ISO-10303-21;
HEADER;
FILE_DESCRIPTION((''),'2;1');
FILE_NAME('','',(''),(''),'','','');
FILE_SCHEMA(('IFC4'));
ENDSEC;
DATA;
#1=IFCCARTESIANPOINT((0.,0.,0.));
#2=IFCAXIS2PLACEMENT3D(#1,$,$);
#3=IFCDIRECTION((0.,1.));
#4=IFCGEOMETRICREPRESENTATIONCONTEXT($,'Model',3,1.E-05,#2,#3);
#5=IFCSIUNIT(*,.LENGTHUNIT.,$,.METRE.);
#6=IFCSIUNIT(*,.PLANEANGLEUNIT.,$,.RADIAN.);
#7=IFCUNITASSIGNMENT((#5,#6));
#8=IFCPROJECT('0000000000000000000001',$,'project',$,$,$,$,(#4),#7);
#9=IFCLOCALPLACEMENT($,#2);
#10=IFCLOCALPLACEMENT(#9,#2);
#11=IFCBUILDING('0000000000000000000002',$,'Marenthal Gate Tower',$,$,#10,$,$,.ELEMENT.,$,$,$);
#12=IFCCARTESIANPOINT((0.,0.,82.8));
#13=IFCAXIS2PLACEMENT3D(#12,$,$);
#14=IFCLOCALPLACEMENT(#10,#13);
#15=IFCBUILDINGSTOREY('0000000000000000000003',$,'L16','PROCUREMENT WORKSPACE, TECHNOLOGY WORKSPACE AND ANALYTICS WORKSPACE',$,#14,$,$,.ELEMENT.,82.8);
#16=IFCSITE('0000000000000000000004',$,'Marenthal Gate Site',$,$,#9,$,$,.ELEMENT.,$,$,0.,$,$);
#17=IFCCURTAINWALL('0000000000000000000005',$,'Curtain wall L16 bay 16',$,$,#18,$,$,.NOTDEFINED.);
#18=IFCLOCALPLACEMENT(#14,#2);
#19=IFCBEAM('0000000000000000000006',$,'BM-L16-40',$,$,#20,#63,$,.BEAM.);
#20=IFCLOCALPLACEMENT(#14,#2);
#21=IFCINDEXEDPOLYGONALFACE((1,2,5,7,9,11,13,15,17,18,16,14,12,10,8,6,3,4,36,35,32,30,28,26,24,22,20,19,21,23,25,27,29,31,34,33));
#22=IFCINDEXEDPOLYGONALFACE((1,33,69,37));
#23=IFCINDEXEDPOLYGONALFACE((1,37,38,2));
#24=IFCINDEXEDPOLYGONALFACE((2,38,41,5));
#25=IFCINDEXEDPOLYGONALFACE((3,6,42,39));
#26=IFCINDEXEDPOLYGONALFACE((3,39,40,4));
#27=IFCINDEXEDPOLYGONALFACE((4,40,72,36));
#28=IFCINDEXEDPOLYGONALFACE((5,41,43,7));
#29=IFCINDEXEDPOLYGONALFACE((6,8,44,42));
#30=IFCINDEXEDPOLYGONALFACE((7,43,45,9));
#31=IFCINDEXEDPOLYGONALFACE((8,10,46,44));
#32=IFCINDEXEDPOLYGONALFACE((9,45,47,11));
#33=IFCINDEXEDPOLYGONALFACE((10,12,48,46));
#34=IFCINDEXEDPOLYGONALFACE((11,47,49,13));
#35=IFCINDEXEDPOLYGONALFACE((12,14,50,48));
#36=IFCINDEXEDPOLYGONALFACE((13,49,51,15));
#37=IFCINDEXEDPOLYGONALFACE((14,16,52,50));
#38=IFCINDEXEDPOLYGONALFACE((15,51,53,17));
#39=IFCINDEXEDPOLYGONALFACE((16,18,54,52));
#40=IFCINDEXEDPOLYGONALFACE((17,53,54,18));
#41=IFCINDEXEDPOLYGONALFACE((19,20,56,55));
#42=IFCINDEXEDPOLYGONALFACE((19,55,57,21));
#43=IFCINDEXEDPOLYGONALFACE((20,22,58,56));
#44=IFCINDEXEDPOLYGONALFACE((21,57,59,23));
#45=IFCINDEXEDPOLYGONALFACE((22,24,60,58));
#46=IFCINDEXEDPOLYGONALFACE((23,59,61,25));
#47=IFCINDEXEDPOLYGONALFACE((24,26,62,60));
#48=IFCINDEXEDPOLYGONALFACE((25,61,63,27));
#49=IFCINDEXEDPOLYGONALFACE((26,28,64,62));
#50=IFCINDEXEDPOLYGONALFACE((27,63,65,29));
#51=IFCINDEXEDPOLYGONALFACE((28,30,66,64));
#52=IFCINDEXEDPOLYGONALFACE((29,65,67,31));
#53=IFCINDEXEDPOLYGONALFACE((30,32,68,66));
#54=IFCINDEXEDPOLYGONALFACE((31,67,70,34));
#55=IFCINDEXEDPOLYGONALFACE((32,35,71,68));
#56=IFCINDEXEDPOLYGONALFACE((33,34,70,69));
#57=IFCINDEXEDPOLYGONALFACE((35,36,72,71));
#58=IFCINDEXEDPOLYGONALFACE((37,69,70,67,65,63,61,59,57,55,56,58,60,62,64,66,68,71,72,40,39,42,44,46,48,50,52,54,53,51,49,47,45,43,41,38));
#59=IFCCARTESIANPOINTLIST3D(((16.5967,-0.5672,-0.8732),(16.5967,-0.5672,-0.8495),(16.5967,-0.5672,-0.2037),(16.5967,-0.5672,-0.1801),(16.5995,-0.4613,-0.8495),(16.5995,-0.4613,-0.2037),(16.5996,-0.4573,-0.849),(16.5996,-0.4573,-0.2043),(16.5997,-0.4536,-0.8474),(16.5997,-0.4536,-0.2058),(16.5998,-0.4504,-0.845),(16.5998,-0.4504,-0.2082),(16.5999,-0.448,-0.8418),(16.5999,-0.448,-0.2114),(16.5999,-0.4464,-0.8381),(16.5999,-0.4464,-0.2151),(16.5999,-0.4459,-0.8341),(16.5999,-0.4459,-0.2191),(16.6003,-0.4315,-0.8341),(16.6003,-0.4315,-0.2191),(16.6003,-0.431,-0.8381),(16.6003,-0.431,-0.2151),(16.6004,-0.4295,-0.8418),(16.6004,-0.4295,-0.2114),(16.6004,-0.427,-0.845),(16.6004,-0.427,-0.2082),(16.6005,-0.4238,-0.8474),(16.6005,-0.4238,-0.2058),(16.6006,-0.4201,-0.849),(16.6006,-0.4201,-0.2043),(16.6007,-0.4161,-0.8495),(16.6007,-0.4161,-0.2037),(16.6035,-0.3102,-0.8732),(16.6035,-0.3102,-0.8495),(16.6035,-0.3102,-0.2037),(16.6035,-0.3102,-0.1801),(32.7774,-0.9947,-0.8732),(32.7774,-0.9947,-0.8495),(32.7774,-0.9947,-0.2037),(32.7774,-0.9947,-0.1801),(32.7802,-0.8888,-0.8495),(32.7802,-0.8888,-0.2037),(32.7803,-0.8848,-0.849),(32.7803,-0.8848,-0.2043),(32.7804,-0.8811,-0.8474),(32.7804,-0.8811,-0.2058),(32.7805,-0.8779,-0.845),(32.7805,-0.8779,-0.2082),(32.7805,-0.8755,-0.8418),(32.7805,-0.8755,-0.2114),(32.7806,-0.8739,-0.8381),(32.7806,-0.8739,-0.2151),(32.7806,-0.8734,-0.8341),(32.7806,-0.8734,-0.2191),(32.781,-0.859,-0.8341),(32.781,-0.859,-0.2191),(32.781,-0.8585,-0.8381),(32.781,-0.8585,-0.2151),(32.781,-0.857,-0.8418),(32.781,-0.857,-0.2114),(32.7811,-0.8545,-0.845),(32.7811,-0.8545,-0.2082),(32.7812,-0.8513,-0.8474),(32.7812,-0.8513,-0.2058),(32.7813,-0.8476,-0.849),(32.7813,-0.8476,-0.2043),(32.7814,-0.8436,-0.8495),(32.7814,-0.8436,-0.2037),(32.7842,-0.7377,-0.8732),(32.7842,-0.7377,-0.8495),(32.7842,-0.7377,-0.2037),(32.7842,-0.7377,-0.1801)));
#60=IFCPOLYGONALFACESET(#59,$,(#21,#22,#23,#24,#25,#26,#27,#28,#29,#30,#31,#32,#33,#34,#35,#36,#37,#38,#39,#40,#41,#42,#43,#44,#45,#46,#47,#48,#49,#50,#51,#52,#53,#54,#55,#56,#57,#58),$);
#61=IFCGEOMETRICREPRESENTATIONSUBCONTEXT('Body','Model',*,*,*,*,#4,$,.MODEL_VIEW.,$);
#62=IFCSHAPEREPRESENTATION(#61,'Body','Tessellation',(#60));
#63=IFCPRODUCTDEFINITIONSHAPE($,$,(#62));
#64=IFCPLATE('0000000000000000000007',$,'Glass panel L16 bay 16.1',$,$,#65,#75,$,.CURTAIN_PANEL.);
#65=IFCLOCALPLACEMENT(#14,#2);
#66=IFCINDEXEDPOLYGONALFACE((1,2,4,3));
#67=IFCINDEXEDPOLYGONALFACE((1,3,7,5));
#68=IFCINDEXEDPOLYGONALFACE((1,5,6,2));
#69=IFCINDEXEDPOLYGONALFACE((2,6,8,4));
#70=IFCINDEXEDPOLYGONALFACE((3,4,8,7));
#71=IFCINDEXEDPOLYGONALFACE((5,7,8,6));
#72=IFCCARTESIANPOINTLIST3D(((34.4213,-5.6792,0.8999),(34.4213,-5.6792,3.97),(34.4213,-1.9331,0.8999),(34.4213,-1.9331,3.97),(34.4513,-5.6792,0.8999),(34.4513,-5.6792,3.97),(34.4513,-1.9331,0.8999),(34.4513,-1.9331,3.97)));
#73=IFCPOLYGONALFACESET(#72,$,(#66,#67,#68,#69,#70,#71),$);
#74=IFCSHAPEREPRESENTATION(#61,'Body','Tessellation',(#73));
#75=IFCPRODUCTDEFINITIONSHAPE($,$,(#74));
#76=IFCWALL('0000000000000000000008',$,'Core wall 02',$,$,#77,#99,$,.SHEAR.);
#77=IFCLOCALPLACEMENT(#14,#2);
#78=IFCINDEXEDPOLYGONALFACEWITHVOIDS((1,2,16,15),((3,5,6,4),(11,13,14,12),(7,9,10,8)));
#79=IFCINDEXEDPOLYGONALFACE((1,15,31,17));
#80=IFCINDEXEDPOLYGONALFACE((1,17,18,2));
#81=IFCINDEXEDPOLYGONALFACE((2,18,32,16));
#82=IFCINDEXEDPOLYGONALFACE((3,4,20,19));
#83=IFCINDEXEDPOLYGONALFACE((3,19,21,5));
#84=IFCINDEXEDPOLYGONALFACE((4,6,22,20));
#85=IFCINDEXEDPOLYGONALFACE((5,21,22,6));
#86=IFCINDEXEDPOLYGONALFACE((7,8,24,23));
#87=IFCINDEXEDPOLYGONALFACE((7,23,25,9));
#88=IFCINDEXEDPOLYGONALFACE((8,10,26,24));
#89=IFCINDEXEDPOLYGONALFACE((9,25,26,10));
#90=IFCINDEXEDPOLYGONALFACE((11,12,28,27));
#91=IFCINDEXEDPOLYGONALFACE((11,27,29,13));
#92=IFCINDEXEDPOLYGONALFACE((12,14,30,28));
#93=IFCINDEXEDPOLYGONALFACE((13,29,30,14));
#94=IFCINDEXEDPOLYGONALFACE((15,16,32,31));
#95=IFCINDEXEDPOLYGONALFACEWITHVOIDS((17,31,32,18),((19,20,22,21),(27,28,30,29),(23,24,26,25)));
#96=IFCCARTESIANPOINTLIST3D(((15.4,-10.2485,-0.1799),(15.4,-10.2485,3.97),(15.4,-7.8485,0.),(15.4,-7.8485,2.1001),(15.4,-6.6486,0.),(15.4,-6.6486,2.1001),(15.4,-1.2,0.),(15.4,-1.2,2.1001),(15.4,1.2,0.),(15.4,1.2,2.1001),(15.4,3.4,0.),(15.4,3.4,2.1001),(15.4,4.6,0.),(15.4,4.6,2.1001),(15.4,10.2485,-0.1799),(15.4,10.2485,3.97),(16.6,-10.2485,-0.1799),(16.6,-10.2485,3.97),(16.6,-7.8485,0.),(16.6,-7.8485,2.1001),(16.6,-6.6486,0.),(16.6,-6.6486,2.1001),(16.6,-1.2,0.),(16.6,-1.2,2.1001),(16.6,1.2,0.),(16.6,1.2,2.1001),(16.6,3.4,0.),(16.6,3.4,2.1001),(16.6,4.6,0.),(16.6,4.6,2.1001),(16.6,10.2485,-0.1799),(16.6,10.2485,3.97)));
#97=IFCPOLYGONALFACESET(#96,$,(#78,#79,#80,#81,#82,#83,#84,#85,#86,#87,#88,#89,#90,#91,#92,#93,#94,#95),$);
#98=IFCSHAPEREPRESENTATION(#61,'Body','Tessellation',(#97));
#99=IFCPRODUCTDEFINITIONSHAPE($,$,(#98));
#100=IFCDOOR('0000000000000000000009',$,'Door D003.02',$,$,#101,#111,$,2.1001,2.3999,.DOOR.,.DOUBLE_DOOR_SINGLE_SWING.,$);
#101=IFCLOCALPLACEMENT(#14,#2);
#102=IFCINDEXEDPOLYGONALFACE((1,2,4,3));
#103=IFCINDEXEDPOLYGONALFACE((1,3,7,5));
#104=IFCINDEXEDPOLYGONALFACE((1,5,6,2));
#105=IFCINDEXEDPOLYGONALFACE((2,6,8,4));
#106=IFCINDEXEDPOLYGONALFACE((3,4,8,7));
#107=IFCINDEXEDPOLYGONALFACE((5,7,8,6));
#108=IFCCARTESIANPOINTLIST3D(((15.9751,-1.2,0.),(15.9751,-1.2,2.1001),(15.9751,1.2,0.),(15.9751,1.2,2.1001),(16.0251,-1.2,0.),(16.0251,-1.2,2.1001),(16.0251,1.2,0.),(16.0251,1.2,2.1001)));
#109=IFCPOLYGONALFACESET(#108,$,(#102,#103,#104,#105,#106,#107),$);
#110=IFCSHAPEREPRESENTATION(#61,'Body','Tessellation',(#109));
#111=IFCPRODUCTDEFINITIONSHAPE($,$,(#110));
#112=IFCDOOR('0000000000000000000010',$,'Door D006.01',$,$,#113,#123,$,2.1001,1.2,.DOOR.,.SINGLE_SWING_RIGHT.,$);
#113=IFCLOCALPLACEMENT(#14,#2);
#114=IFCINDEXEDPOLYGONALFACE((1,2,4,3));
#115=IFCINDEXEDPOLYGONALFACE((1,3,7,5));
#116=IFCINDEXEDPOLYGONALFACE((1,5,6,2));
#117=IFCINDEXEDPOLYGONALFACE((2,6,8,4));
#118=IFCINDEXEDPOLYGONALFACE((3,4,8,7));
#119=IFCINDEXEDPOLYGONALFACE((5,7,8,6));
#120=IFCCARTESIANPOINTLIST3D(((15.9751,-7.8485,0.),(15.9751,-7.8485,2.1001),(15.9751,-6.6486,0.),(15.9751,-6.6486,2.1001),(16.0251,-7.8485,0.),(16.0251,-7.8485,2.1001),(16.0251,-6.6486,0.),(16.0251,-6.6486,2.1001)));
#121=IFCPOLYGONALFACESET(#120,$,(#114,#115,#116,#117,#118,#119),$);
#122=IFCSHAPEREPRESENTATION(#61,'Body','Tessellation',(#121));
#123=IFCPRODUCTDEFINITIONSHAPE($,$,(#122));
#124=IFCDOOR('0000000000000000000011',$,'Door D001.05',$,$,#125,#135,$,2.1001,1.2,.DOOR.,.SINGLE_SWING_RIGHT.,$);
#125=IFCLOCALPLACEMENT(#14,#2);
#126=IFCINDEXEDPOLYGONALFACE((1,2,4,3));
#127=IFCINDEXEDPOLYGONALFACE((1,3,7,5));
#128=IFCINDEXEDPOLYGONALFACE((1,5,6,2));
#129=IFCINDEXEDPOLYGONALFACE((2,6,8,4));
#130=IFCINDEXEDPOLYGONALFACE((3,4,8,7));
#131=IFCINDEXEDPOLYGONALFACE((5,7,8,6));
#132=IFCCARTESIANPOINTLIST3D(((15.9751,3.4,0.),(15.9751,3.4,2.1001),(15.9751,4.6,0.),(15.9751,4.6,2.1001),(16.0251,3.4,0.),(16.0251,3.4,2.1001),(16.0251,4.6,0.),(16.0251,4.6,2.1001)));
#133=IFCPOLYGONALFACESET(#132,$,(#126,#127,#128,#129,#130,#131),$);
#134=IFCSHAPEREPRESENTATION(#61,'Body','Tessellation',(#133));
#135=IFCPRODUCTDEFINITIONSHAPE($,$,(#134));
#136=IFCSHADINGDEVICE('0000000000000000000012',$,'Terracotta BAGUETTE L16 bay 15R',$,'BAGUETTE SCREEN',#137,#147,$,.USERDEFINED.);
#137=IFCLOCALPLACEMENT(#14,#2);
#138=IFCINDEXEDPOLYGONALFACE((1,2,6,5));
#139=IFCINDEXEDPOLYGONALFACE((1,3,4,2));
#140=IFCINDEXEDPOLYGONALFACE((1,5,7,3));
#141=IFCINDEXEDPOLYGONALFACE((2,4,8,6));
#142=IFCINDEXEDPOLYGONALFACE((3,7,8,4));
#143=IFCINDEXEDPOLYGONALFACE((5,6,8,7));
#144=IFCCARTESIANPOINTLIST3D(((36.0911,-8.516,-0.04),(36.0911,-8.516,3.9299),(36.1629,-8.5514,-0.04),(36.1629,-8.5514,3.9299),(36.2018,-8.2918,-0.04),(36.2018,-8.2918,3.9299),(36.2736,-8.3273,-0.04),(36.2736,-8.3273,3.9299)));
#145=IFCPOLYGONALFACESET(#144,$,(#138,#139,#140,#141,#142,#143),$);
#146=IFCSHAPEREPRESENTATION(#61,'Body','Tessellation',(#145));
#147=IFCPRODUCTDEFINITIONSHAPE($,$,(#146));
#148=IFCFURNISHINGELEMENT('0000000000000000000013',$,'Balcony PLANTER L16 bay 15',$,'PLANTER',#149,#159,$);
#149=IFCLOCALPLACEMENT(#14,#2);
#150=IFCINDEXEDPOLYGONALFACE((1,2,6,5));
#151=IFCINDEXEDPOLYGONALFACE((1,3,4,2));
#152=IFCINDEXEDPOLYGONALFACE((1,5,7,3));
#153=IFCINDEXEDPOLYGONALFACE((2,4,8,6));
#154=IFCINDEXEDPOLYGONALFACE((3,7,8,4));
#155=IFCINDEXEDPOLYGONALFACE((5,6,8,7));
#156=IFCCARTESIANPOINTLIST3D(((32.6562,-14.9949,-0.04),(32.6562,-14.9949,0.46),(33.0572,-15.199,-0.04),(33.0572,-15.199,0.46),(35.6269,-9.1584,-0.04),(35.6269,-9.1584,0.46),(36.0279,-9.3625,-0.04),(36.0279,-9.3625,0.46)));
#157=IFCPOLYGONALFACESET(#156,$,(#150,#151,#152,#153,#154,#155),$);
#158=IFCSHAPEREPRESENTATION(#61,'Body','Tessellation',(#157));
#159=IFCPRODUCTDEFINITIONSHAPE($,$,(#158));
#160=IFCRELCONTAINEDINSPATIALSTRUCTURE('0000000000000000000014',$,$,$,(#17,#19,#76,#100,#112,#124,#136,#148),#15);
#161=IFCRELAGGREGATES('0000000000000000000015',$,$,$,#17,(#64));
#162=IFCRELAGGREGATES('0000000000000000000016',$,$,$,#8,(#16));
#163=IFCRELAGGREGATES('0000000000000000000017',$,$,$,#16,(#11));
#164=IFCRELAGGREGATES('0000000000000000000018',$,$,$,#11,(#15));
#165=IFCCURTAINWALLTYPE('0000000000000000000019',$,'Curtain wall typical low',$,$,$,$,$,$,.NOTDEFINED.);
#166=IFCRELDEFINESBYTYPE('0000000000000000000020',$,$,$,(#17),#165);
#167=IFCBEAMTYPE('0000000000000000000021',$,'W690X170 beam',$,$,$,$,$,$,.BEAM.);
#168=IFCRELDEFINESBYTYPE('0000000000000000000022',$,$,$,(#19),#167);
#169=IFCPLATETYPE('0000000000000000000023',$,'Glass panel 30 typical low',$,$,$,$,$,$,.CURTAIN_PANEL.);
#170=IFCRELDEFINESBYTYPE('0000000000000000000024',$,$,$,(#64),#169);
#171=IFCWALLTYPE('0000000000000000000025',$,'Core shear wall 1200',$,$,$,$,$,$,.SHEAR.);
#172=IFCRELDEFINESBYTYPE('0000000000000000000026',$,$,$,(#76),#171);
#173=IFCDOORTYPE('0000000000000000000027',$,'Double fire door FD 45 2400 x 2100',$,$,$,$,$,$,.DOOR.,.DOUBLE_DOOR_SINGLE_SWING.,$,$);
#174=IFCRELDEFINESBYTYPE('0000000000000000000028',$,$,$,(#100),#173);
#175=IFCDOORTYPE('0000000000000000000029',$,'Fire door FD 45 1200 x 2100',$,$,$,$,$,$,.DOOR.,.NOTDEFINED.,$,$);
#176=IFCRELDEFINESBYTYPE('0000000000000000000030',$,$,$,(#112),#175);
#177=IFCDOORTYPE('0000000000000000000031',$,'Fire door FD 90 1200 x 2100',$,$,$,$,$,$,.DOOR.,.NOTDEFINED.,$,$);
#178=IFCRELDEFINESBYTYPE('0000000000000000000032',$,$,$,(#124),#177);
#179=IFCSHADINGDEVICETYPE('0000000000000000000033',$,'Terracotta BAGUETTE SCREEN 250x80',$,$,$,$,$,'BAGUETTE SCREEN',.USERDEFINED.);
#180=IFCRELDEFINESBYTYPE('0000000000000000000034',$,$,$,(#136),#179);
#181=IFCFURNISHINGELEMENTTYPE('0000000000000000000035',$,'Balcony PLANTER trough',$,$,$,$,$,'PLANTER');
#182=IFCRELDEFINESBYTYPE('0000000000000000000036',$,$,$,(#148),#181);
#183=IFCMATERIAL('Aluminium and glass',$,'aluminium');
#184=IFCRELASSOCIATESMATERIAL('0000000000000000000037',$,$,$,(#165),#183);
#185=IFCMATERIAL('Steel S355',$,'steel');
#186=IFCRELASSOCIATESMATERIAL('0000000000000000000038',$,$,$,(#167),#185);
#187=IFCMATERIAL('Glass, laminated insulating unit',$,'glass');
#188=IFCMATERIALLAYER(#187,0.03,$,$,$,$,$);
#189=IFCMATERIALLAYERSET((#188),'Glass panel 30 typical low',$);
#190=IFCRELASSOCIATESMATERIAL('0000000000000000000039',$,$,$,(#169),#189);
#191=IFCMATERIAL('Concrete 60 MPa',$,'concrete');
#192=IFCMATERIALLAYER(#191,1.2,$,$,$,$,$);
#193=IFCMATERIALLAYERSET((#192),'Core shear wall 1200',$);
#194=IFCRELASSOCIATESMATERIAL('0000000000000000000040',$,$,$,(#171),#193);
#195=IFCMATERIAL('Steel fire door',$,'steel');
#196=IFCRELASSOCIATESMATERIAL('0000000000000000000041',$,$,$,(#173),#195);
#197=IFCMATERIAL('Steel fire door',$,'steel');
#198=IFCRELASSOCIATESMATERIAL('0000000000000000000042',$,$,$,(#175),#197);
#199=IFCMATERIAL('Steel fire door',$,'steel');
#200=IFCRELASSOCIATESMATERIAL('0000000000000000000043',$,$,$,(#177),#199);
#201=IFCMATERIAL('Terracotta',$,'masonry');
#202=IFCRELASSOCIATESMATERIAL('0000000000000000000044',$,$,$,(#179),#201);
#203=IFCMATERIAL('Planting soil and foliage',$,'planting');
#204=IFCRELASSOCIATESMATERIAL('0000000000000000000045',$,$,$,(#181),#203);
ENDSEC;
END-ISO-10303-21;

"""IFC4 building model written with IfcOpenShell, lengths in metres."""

from ifc_helpers import new_model, si_unit, direction, frame, frame_2d, origin, origin_2d, place, context, subcontext, project, spatial, rectangle, i_section, extrude, material, layer, layer_set, material_profile, profile_set, type_object, element, fill, aggregate, save


model = new_model("IFC4")

# Units and contexts
model_context = context("Model", 3, precision=1e-05, world=origin(), true_north=direction((0.0, 1.0)))
body_context = subcontext(model_context, "Body", "Model", "MODEL_VIEW")
ifc_project = project(units=[si_unit("LENGTHUNIT", "METRE"), si_unit("PLANEANGLEUNIT", "RADIAN")], contexts=[model_context])

# Site, building, storey
site_placement = place(None, origin())
site = spatial("IfcSite", under=ifc_project, at=site_placement, Name="Marenthal Gate Site", CompositionType="ELEMENT", RefElevation=0.0)
building_placement = place(site_placement, origin())
building = spatial("IfcBuilding", under=site, at=building_placement, Name="Marenthal Gate Tower", CompositionType="ELEMENT")
storey_placement = place(building_placement, frame((0.0, 0.0, 82.8)))
storey = spatial("IfcBuildingStorey", under=building, at=storey_placement, Name="L16", Description="PROCUREMENT WORKSPACE, TECHNOLOGY WORKSPACE AND ANALYTICS WORKSPACE", CompositionType="ELEMENT", Elevation=82.8)

# Curtain wall
ifc_material_1 = material(Name="Aluminium and glass", Category="aluminium")
curtain_wall_type = type_object("IfcCurtainWallType", Name="Curtain wall typical low", PredefinedType="NOTDEFINED", material=ifc_material_1)
curtain_wall_placement = place(storey_placement, origin())
curtain_wall = element("IfcCurtainWall", 1, at=curtain_wall_placement, inside=storey, type_object=curtain_wall_type, Name="Curtain wall L16 bay 16", PredefinedType="NOTDEFINED")

# Beam
ifc_material_2 = material(Name="Steel S355", Category="steel")
ifc_material_profile_1 = material_profile(ifc_material_2, i_section(OverallWidth=0.2571, OverallDepth=0.6931, WebThickness=0.0144, FlangeThickness=0.0237, FilletRadius=0.0154, at=origin_2d()), Name="W690X170")
ifc_profile_set_1 = profile_set([ifc_material_profile_1], Name="Steel S355")
beam_type_1 = type_object("IfcBeamType", Name="W690X170 beam", PredefinedType="BEAM", material=ifc_profile_set_1)
beam_1_placement = place(storey_placement, frame((32.7808, -0.8662, -0.5266), z_axis=(-0.999651, 0.026411, 0.0), x_axis=(-0.026411, -0.999651, 0.0)))
element("IfcBeam", 2, at=beam_1_placement, inside=storey, type_object=beam_type_1, Name="BM-L16-40", PredefinedType="BEAM", context=body_context, shape_type="SweptSolid", body=[
    extrude(i_section(OverallWidth=0.2571, OverallDepth=0.6931, WebThickness=0.0144, FlangeThickness=0.0237, FilletRadius=0.0154, at=origin_2d()), origin(), (0.0, 0.0, 1.0), 16.1863),
])

# Plate
ifc_material_3 = material(Name="Glass, laminated insulating unit", Category="glass")
ifc_layer_1 = layer(ifc_material_3, 0.03)
ifc_layer_set_1 = layer_set([ifc_layer_1], Name="Glass panel 30 typical low")
plate_type = type_object("IfcPlateType", Name="Glass panel 30 typical low", PredefinedType="CURTAIN_PANEL", material=ifc_layer_set_1)
plate_placement = place(storey_placement, frame((34.4363, -3.8062, 0.8999), z_axis=(0.0, 0.0, 1.0), x_axis=(0.0, 1.0, 0.0)))
plate = element("IfcPlate", 3, at=plate_placement, type_object=plate_type, Name="Glass panel L16 bay 16.1", PredefinedType="CURTAIN_PANEL", context=body_context, shape_type="SweptSolid", body=[
    extrude(rectangle(XDim=3.7461, YDim=0.03, at=origin_2d()), origin(), (0.0, 0.0, 1.0), 3.0701),
])
aggregate(curtain_wall, [plate])

# Wall, openings, doors
ifc_material_4 = material(Name="Concrete 60 MPa", Category="concrete")
ifc_layer_2 = layer(ifc_material_4, 1.2)
ifc_layer_set_2 = layer_set([ifc_layer_2], Name="Core shear wall 1200")
wall_type = type_object("IfcWallType", Name="Core shear wall 1200", PredefinedType="SHEAR", material=ifc_layer_set_2)
wall_placement = place(storey_placement, frame((16.0, -10.2485, -0.1799), z_axis=(0.0, 0.0, 1.0), x_axis=(0.0, 1.0, 0.0)))
wall = element("IfcWall", 4, at=wall_placement, inside=storey, type_object=wall_type, Name="Core wall 02", PredefinedType="SHEAR", context=body_context, shape_type="SweptSolid", body=[
    extrude(rectangle(XDim=20.4971, YDim=1.2, at=frame_2d((10.2485, 0.0))), origin(), (0.0, 0.0, 1.0), 4.1499),
])
opening_1_placement = place(wall_placement, frame((9.0486, 0.0, 0.1799)))
opening_1 = element("IfcOpeningElement", 5, at=opening_1_placement, cuts=wall, PredefinedType="OPENING", context=body_context, shape_type="SweptSolid", body=[
    extrude(rectangle(XDim=2.3999, YDim=2.1001, at=frame_2d((1.2, 1.05))), frame((0.0, 0.6099, 0.0), z_axis=(0.0, -1.0, 0.0), x_axis=(1.0, 0.0, 0.0)), (0.0, 0.0, 1.0), 1.22),
])
opening_2_placement = place(wall_placement, frame((13.6484, 0.0, 0.1799)))
opening_2 = element("IfcOpeningElement", 6, at=opening_2_placement, cuts=wall, PredefinedType="OPENING", context=body_context, shape_type="SweptSolid", body=[
    extrude(rectangle(XDim=1.2, YDim=2.1001, at=frame_2d((0.6001, 1.05))), frame((0.0, 0.6099, 0.0), z_axis=(0.0, -1.0, 0.0), x_axis=(1.0, 0.0, 0.0)), (0.0, 0.0, 1.0), 1.22),
])
opening_3_placement = place(wall_placement, frame((2.3999, 0.0, 0.1799)))
opening_3 = element("IfcOpeningElement", 7, at=opening_3_placement, cuts=wall, PredefinedType="OPENING", context=body_context, shape_type="SweptSolid", body=[
    extrude(rectangle(XDim=1.2, YDim=2.1001, at=frame_2d((0.6001, 1.05))), frame((0.0, 0.6099, 0.0), z_axis=(0.0, -1.0, 0.0), x_axis=(1.0, 0.0, 0.0)), (0.0, 0.0, 1.0), 1.22),
])
ifc_material_5 = material(Name="Steel fire door", Category="steel")
door_type_1 = type_object("IfcDoorType", Name="Double fire door FD 45 2400 x 2100", OperationType="DOUBLE_DOOR_SINGLE_SWING", PredefinedType="DOOR", material=ifc_material_5)
door_1_placement = place(opening_1_placement, origin())
door_1 = element("IfcDoor", 8, at=door_1_placement, inside=storey, type_object=door_type_1, Name="Door D003.02", OperationType="DOUBLE_DOOR_SINGLE_SWING", OverallHeight=2.1001, OverallWidth=2.3999, PredefinedType="DOOR", context=body_context, shape_type="SweptSolid", body=[
    extrude(rectangle(XDim=2.3999, YDim=2.1001, at=frame_2d((1.2, 1.05))), frame((0.0, 0.0249, 0.0), z_axis=(0.0, -1.0, 0.0), x_axis=(1.0, 0.0, 0.0)), (0.0, 0.0, 1.0), 0.05),
])
fill(opening_1, door_1)
ifc_material_6 = material(Name="Steel fire door", Category="steel")
door_type_2 = type_object("IfcDoorType", Name="Fire door FD 45 1200 x 2100", OperationType="NOTDEFINED", PredefinedType="DOOR", material=ifc_material_6)
door_2_placement = place(opening_3_placement, origin())
door_2 = element("IfcDoor", 9, at=door_2_placement, inside=storey, type_object=door_type_2, Name="Door D006.01", OperationType="SINGLE_SWING_RIGHT", OverallHeight=2.1001, OverallWidth=1.2, PredefinedType="DOOR", context=body_context, shape_type="SweptSolid", body=[
    extrude(rectangle(XDim=1.2, YDim=2.1001, at=frame_2d((0.6001, 1.05))), frame((0.0, 0.0249, 0.0), z_axis=(0.0, -1.0, 0.0), x_axis=(1.0, 0.0, 0.0)), (0.0, 0.0, 1.0), 0.05),
])
fill(opening_3, door_2)
ifc_material_7 = material(Name="Steel fire door", Category="steel")
door_type_3 = type_object("IfcDoorType", Name="Fire door FD 90 1200 x 2100", OperationType="NOTDEFINED", PredefinedType="DOOR", material=ifc_material_7)
door_3_placement = place(opening_2_placement, origin())
door_3 = element("IfcDoor", 10, at=door_3_placement, inside=storey, type_object=door_type_3, Name="Door D001.05", OperationType="SINGLE_SWING_RIGHT", OverallHeight=2.1001, OverallWidth=1.2, PredefinedType="DOOR", context=body_context, shape_type="SweptSolid", body=[
    extrude(rectangle(XDim=1.2, YDim=2.1001, at=frame_2d((0.6001, 1.05))), frame((0.0, 0.0249, 0.0), z_axis=(0.0, -1.0, 0.0), x_axis=(1.0, 0.0, 0.0)), (0.0, 0.0, 1.0), 0.05),
])
fill(opening_2, door_3)

# Shading device
ifc_material_8 = material(Name="Terracotta", Category="masonry")
ifc_material_profile_2 = material_profile(ifc_material_8, rectangle(XDim=0.25, YDim=0.0801, at=origin_2d()), Name="Terracotta baguette 250x80")
ifc_profile_set_2 = profile_set([ifc_material_profile_2], Name="Terracotta")
shading_device_type = type_object("IfcShadingDeviceType", Name="Terracotta BAGUETTE SCREEN 250x80", ElementType="BAGUETTE SCREEN", PredefinedType="USERDEFINED", material=ifc_profile_set_2)
shading_device_placement = place(storey_placement, frame((36.1824, -8.4216, -0.04), z_axis=(0.0, 0.0, 1.0), x_axis=(0.44286, 0.896591, 0.0)))
element("IfcShadingDevice", 11, at=shading_device_placement, inside=storey, type_object=shading_device_type, Name="Terracotta BAGUETTE L16 bay 15R", ObjectType="BAGUETTE SCREEN", PredefinedType="USERDEFINED", context=body_context, shape_type="SweptSolid", body=[
    extrude(rectangle(XDim=0.25, YDim=0.0801, at=origin_2d()), origin(), (0.0, 0.0, 1.0), 3.97),
])

# Furnishing element
ifc_material_9 = material(Name="Planting soil and foliage", Category="planting")
furnishing_element_type = type_object("IfcFurnishingElementType", Name="Balcony PLANTER trough", ElementType="PLANTER", material=ifc_material_9)
furnishing_placement = place(storey_placement, frame((34.342, -12.1787, -0.04), z_axis=(0.0, 0.0, 1.0), x_axis=(0.453616, 0.891197, 0.0)))
element("IfcFurnishingElement", 12, at=furnishing_placement, inside=storey, type_object=furnishing_element_type, Name="Balcony PLANTER L16 bay 15", ObjectType="PLANTER", context=body_context, shape_type="SweptSolid", body=[
    extrude(rectangle(XDim=6.5491, YDim=0.45, at=origin_2d()), origin(), (0.0, 0.0, 1.0), 0.5),
])

save(model, "model.ifc")
